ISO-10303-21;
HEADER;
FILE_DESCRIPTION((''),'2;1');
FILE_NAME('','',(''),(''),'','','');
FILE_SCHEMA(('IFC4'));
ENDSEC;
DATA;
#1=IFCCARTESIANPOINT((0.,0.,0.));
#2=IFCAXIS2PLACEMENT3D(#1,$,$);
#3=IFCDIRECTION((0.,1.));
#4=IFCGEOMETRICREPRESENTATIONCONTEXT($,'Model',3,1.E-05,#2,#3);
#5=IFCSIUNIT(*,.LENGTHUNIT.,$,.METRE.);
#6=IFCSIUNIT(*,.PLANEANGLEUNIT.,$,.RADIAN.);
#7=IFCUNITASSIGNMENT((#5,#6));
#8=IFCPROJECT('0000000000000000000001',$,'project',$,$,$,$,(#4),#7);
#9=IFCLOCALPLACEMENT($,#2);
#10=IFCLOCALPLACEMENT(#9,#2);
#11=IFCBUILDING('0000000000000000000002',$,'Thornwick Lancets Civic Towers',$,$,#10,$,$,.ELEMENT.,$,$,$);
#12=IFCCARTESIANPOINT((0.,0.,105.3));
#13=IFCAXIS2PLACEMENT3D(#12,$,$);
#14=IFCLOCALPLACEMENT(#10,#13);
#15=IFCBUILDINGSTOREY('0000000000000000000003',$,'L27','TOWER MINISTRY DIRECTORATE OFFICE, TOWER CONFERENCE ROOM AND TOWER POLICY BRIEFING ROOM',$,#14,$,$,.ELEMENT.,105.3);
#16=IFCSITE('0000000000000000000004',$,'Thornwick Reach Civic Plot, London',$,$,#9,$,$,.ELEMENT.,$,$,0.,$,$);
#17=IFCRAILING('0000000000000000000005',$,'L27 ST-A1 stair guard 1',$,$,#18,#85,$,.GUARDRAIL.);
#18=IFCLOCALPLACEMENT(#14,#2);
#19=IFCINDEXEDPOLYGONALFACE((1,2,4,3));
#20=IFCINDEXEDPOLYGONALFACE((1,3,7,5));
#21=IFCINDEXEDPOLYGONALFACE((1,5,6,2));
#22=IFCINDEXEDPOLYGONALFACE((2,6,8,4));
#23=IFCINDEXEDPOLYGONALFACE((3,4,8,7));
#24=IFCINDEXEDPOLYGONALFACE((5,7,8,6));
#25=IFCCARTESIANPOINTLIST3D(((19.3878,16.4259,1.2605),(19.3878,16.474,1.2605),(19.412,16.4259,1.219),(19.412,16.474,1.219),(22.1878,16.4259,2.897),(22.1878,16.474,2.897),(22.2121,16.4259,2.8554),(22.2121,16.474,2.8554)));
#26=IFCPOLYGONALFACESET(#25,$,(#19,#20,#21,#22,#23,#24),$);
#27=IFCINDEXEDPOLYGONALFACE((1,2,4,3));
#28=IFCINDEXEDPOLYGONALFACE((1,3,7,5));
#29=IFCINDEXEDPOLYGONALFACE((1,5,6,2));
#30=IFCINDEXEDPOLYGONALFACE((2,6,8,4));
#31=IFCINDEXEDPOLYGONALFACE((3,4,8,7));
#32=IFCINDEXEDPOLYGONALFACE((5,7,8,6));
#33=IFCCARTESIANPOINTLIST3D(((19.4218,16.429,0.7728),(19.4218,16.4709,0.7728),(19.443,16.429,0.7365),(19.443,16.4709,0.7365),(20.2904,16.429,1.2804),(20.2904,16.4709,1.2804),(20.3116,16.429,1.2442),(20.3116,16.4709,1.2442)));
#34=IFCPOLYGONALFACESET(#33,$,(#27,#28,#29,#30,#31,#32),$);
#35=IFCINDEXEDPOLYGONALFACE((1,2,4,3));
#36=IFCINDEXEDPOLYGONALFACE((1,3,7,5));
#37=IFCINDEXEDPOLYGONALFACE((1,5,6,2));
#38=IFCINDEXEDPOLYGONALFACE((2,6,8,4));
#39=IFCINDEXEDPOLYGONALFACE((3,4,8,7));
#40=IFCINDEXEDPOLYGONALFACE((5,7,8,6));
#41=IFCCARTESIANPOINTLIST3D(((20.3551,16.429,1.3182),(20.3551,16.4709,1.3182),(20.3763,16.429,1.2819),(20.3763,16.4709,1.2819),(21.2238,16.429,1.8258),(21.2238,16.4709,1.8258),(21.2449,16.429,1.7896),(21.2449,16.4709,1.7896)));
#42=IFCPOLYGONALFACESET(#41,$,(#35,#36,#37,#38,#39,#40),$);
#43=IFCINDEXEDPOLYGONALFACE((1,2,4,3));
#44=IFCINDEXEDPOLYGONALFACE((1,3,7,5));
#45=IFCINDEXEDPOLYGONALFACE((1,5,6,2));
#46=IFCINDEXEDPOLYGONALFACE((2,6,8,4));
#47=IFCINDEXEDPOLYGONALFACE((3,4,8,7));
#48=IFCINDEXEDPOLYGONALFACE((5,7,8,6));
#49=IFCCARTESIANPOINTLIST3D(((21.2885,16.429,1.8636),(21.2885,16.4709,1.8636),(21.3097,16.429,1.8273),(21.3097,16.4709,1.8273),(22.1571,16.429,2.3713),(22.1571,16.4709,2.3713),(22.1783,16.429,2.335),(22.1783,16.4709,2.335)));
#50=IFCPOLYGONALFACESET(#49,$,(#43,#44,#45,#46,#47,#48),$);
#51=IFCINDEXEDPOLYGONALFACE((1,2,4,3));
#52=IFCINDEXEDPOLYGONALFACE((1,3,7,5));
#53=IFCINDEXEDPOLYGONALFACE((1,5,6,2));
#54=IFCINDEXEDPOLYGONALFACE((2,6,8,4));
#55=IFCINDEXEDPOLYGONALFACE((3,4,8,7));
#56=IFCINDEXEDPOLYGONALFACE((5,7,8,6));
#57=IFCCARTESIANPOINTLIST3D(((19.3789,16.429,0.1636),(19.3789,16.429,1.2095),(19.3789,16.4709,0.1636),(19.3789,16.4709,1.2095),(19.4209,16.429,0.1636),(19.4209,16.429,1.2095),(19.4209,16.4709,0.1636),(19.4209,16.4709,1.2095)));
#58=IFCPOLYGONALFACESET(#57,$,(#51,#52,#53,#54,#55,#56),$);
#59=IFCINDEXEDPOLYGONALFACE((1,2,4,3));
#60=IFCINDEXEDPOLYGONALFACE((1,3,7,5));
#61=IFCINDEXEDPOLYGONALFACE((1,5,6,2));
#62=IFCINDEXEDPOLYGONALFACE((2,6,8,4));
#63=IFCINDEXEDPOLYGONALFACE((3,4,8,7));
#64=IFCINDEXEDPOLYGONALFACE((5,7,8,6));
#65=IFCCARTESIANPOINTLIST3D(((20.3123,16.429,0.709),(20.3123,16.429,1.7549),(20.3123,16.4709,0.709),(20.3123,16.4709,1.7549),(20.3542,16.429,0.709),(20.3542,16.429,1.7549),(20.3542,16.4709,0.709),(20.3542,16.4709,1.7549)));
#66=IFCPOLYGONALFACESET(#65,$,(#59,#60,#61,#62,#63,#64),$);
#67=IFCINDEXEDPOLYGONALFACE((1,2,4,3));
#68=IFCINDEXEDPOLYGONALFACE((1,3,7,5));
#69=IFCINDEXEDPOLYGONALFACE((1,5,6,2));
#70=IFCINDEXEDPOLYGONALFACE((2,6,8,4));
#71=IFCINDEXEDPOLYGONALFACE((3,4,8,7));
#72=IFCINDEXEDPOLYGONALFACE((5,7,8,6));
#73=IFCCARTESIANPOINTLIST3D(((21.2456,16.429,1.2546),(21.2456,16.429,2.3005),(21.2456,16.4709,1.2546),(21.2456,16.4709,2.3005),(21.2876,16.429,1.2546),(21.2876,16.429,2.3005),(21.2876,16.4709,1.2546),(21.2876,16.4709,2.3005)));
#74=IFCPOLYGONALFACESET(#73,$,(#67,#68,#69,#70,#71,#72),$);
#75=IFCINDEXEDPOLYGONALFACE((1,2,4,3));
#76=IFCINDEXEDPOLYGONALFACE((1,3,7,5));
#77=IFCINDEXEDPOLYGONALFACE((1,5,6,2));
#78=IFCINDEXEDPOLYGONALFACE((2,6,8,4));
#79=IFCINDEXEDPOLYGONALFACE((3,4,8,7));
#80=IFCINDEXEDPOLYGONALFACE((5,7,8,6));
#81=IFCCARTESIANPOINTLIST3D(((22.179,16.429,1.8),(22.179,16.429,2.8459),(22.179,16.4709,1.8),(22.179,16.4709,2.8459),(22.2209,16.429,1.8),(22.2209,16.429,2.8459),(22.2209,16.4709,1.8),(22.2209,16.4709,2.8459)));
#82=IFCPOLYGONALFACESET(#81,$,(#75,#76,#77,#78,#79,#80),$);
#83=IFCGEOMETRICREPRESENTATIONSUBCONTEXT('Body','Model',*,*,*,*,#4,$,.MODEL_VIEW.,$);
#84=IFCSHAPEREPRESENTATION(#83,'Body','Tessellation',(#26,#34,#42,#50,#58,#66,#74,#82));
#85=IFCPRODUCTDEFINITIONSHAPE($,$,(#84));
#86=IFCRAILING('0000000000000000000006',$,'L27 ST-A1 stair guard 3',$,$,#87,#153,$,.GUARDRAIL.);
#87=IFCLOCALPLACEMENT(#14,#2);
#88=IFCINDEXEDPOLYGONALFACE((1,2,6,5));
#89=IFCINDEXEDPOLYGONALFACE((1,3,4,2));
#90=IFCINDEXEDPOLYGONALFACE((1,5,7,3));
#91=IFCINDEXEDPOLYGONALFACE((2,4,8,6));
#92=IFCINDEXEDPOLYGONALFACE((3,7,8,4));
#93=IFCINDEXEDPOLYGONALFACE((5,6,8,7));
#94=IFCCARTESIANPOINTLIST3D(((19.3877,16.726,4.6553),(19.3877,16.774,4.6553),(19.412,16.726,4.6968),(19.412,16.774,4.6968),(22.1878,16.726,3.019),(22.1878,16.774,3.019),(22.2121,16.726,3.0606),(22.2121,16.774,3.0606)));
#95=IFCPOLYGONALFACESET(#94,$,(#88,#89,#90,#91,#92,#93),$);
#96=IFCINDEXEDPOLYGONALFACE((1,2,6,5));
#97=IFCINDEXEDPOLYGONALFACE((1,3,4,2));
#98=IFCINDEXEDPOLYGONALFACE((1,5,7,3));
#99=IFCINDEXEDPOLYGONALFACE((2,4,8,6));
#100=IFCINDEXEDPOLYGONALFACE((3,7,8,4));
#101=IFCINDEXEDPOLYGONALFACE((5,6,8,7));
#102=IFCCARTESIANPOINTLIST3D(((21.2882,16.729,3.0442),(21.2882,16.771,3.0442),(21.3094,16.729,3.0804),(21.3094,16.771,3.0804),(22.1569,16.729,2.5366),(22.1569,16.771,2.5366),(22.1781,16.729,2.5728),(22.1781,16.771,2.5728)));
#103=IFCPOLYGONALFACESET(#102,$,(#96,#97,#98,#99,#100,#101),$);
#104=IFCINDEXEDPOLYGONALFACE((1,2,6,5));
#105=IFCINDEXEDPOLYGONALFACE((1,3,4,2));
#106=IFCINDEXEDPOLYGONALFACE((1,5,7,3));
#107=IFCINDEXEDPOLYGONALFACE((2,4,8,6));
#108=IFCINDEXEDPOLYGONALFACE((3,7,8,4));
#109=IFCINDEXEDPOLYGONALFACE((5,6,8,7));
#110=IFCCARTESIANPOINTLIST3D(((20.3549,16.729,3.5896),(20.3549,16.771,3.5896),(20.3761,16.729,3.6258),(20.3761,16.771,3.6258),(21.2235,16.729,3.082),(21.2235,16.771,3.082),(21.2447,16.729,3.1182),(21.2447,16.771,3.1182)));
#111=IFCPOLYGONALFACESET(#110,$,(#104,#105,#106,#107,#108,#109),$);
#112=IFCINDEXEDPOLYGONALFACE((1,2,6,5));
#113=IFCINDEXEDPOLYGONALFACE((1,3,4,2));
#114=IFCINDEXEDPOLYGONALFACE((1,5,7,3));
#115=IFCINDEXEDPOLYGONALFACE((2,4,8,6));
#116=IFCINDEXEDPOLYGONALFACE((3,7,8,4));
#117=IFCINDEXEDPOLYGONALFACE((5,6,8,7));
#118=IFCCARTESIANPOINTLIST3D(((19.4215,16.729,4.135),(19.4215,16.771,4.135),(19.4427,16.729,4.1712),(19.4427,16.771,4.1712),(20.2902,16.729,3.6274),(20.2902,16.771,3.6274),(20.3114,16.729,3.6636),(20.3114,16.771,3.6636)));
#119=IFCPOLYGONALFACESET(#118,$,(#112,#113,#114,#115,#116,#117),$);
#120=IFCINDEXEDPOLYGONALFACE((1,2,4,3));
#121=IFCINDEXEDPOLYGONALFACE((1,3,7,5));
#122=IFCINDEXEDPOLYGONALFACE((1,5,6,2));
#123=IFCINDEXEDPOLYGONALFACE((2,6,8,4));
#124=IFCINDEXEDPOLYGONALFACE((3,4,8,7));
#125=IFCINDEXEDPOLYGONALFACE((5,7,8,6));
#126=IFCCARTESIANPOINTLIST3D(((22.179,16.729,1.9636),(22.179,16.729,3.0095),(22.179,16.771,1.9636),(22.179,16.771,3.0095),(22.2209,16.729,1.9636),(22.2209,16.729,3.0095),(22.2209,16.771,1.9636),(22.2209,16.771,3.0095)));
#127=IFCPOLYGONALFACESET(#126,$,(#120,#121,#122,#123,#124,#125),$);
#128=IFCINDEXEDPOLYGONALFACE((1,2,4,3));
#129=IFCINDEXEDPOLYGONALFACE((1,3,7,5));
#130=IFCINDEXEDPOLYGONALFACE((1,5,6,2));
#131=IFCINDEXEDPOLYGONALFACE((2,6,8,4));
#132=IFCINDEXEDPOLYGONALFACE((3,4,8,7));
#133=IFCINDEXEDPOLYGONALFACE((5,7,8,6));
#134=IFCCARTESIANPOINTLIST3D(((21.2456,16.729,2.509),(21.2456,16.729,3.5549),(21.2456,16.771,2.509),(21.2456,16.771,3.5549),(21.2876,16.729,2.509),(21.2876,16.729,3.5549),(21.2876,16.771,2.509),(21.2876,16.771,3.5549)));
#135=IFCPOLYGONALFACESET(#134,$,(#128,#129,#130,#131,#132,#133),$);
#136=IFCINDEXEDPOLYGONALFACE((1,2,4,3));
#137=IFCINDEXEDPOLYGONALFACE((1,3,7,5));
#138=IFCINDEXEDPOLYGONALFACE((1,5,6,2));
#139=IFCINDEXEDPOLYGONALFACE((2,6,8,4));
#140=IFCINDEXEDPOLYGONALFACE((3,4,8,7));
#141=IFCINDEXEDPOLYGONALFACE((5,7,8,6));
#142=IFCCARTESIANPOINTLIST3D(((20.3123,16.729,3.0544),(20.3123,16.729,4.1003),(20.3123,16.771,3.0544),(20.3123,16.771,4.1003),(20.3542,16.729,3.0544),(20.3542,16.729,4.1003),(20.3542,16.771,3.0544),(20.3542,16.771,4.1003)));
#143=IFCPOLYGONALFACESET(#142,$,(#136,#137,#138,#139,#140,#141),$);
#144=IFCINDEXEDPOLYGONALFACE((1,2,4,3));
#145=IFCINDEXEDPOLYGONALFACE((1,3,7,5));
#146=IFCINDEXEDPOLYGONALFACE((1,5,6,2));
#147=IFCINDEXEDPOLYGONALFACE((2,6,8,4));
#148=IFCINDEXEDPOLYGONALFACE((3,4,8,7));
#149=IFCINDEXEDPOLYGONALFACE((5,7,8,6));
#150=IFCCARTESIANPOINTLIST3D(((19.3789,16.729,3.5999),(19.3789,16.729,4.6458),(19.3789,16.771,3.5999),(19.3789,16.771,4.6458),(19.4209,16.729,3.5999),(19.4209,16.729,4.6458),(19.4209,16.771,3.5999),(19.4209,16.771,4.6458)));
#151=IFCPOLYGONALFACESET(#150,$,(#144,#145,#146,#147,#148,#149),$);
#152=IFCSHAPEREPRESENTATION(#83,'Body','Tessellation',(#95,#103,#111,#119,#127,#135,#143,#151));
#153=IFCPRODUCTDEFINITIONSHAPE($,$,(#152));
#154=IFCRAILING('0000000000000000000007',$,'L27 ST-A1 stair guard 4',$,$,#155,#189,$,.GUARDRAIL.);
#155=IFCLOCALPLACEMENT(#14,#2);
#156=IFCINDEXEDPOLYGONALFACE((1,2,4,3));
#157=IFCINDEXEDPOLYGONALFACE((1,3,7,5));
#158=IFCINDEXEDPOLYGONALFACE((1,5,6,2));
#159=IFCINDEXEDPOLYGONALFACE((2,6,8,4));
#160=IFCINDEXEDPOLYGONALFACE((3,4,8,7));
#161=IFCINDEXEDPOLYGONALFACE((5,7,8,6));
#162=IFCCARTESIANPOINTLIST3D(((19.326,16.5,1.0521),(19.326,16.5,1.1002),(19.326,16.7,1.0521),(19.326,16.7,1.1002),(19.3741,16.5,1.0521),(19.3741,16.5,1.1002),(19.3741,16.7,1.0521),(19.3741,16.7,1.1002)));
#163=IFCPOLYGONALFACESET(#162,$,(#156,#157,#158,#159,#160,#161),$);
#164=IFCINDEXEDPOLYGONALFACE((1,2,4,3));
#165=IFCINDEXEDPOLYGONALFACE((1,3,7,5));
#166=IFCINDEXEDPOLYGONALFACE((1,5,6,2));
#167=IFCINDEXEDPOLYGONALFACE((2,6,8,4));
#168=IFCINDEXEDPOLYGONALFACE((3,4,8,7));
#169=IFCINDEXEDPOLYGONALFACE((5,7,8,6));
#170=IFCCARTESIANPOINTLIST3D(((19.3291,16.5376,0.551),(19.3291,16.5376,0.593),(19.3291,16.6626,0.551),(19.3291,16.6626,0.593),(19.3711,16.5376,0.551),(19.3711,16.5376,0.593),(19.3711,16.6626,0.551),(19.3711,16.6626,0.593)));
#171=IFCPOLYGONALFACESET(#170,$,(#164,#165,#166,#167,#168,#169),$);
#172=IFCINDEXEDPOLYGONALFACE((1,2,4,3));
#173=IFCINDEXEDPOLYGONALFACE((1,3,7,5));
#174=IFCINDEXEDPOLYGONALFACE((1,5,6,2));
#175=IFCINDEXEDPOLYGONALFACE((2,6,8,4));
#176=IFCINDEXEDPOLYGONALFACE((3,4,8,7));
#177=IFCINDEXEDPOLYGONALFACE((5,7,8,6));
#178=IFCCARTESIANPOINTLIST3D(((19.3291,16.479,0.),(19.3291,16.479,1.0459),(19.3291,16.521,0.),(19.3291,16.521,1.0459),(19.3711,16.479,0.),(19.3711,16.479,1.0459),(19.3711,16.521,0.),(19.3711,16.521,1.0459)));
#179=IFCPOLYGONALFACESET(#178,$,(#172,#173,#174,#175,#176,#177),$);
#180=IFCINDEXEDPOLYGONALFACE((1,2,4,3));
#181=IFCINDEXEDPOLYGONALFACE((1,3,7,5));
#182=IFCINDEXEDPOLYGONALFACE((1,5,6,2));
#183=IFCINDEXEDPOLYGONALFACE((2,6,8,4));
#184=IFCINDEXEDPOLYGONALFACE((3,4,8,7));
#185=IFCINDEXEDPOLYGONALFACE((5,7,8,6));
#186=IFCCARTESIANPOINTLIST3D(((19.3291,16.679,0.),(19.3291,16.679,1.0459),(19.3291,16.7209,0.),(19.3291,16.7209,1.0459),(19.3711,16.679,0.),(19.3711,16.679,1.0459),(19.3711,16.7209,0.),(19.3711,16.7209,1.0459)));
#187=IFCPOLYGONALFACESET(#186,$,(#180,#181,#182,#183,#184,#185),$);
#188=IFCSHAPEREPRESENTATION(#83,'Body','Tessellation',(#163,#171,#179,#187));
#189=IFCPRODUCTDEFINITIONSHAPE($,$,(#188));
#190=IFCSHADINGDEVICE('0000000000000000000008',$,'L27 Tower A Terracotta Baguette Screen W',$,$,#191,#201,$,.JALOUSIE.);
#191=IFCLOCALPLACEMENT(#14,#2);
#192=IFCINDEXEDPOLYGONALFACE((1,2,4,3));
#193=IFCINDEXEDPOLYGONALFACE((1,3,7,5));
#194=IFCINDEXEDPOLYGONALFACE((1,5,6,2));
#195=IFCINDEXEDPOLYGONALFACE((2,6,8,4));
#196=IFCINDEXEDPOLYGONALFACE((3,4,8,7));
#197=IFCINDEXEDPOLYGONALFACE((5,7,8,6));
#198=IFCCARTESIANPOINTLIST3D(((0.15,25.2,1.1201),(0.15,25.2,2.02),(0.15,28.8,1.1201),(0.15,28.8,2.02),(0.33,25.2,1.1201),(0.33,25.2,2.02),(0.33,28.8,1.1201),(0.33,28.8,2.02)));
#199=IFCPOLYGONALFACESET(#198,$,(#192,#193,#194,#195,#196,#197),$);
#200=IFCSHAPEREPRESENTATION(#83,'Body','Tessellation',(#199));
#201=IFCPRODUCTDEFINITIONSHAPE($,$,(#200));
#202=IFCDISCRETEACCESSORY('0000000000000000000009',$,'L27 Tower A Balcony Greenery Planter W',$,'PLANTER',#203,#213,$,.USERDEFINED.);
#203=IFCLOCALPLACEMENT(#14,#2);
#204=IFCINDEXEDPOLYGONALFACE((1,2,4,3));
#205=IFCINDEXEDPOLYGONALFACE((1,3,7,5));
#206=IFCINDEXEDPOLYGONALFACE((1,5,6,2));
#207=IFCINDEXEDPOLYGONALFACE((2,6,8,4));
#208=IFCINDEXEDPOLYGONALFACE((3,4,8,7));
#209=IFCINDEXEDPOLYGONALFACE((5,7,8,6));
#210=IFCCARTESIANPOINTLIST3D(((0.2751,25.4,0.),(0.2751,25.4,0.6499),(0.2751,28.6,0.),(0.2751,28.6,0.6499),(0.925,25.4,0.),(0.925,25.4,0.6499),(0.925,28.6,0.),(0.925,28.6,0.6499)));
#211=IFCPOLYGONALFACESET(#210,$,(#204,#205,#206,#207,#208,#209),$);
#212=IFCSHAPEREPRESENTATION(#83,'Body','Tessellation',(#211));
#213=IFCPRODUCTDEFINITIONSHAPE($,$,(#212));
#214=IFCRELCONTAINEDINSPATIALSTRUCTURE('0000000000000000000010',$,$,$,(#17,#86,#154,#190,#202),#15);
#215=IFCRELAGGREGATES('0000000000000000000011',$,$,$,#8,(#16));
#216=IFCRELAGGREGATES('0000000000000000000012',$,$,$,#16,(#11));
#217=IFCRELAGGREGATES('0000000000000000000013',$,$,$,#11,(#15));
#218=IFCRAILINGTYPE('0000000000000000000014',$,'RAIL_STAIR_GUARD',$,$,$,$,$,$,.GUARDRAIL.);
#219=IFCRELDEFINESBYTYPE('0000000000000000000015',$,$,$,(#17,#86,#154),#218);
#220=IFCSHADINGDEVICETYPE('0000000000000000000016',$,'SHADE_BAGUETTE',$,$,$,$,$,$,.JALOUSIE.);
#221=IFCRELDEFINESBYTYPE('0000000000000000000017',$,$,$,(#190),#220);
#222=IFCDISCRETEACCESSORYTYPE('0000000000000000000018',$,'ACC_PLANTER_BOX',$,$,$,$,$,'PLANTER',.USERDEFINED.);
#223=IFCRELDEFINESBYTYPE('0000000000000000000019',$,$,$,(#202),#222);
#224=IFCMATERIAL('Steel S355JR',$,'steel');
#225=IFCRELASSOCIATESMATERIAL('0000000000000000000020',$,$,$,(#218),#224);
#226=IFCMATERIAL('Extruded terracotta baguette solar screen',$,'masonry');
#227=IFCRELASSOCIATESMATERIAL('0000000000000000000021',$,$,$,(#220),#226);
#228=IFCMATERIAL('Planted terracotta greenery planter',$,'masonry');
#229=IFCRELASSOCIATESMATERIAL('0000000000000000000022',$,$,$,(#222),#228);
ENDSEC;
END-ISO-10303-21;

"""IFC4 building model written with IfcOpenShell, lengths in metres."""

from ifc_helpers import new_model, si_unit, direction, frame, origin, origin_2d, place, context, subcontext, project, spatial, rectangle, extrude, material, type_object, element, save


model = new_model("IFC4")

# Units and contexts
model_context = context("Model", 3, precision=1e-05, world=origin(), true_north=direction((0.0, 1.0)))
body_context = subcontext(model_context, "Body", "Model", "MODEL_VIEW")
ifc_project = project(units=[si_unit("LENGTHUNIT", "METRE"), si_unit("PLANEANGLEUNIT", "RADIAN")], contexts=[model_context])

# Site, building, storey
site_placement = place(None, origin())
site = spatial("IfcSite", under=ifc_project, at=site_placement, Name="Thornwick Reach Civic Plot, London", CompositionType="ELEMENT", RefElevation=0.0)
building_placement = place(site_placement, origin())
building = spatial("IfcBuilding", under=site, at=building_placement, Name="Thornwick Lancets Civic Towers", CompositionType="ELEMENT")
storey_placement = place(building_placement, frame((0.0, 0.0, 105.3)))
storey = spatial("IfcBuildingStorey", under=building, at=storey_placement, Name="L27", Description="TOWER MINISTRY DIRECTORATE OFFICE, TOWER CONFERENCE ROOM AND TOWER POLICY BRIEFING ROOM", CompositionType="ELEMENT", Elevation=105.3)

# Shared definitions
ifc_material_1 = material(Name="Steel S355JR", Category="steel")

# Railings
railing_type_1 = type_object("IfcRailingType", Name="RAIL_STAIR_GUARD", PredefinedType="GUARDRAIL", material=ifc_material_1)
railing_1_placement = place(storey_placement, frame((19.3999, 16.45, 0.1636)))
element("IfcRailing", 1, at=railing_1_placement, inside=storey, type_object=railing_type_1, Name="L27 ST-A1 stair guard 1", PredefinedType="GUARDRAIL", context=body_context, shape_type="SweptSolid", body=[
    extrude(rectangle(XDim=0.0481, YDim=0.0481, at=origin_2d()), frame((0.0, 0.0, 1.0762), z_axis=(0.863361, 0.0, 0.504587), x_axis=(0.0, 1.0, 0.0)), (0.0, 0.0, 1.0), 3.2432),
    extrude(rectangle(XDim=0.042, YDim=0.042, at=origin_2d()), frame((0.0325, 0.0, 0.5911), z_axis=(0.863361, 0.0, 0.504587), x_axis=(0.0, 1.0, 0.0)), (0.0, 0.0, 1.0), 1.0061),
    extrude(rectangle(XDim=0.042, YDim=0.042, at=origin_2d()), frame((0.9658, 0.0, 1.1365), z_axis=(0.863361, 0.0, 0.504587), x_axis=(0.0, 1.0, 0.0)), (0.0, 0.0, 1.0), 1.0061),
    extrude(rectangle(XDim=0.042, YDim=0.042, at=origin_2d()), frame((1.8992, 0.0, 1.6819), z_axis=(0.863361, 0.0, 0.504587), x_axis=(0.0, 1.0, 0.0)), (0.0, 0.0, 1.0), 1.0061),
    extrude(rectangle(XDim=0.042, YDim=0.042, at=origin_2d()), origin(), (0.0, 0.0, 1.0), 1.0459),
    extrude(rectangle(XDim=0.042, YDim=0.042, at=origin_2d()), frame((0.9333, 0.0, 0.5454)), (0.0, 0.0, 1.0), 1.0459),
    extrude(rectangle(XDim=0.042, YDim=0.042, at=origin_2d()), frame((1.8667, 0.0, 1.0911)), (0.0, 0.0, 1.0), 1.0459),
    extrude(rectangle(XDim=0.042, YDim=0.042, at=origin_2d()), frame((2.8, 0.0, 1.6365)), (0.0, 0.0, 1.0), 1.0459),
])
railing_2_placement = place(storey_placement, frame((22.2, 16.75, 1.9636)))
element("IfcRailing", 2, at=railing_2_placement, inside=storey, type_object=railing_type_1, Name="L27 ST-A1 stair guard 3", PredefinedType="GUARDRAIL", context=body_context, shape_type="SweptSolid", body=[
    extrude(rectangle(XDim=0.0481, YDim=0.0481, at=origin_2d()), frame((0.0, 0.0, 1.0762), z_axis=(-0.863394, 0.0, 0.504531), x_axis=(0.0, -1.0, 0.0)), (0.0, 0.0, 1.0), 3.2432),
    extrude(rectangle(XDim=0.042, YDim=0.042, at=origin_2d()), frame((-0.0325, 0.0, 0.5911), z_axis=(-0.863394, 0.0, 0.504531), x_axis=(0.0, -1.0, 0.0)), (0.0, 0.0, 1.0), 1.0061),
    extrude(rectangle(XDim=0.042, YDim=0.042, at=origin_2d()), frame((-0.9658, 0.0, 1.1365), z_axis=(-0.863394, 0.0, 0.504531), x_axis=(0.0, -1.0, 0.0)), (0.0, 0.0, 1.0), 1.0061),
    extrude(rectangle(XDim=0.042, YDim=0.042, at=origin_2d()), frame((-1.8992, 0.0, 1.6819), z_axis=(-0.863394, 0.0, 0.504531), x_axis=(0.0, -1.0, 0.0)), (0.0, 0.0, 1.0), 1.0061),
    extrude(rectangle(XDim=0.042, YDim=0.042, at=origin_2d()), origin(), (0.0, 0.0, 1.0), 1.0459),
    extrude(rectangle(XDim=0.042, YDim=0.042, at=origin_2d()), frame((-0.9333, 0.0, 0.5454)), (0.0, 0.0, 1.0), 1.0459),
    extrude(rectangle(XDim=0.042, YDim=0.042, at=origin_2d()), frame((-1.8667, 0.0, 1.0908)), (0.0, 0.0, 1.0), 1.0459),
    extrude(rectangle(XDim=0.042, YDim=0.042, at=origin_2d()), frame((-2.8, 0.0, 1.6362)), (0.0, 0.0, 1.0), 1.0459),
])
railing_3_placement = place(storey_placement, frame((19.3501, 16.5, 0.0)))
element("IfcRailing", 3, at=railing_3_placement, inside=storey, type_object=railing_type_1, Name="L27 ST-A1 stair guard 4", PredefinedType="GUARDRAIL", context=body_context, shape_type="SweptSolid", body=[
    extrude(rectangle(XDim=0.0481, YDim=0.0481, at=origin_2d()), frame((0.0, 0.0, 1.0762), z_axis=(0.0, 1.0, 0.0), x_axis=(-1.0, 0.0, 0.0)), (0.0, 0.0, 1.0), 0.2),
    extrude(rectangle(XDim=0.042, YDim=0.042, at=origin_2d()), frame((0.0, 0.0376, 0.572), z_axis=(0.0, 1.0, 0.0), x_axis=(-1.0, 0.0, 0.0)), (0.0, 0.0, 1.0), 0.125),
    extrude(rectangle(XDim=0.042, YDim=0.042, at=origin_2d()), origin(), (0.0, 0.0, 1.0), 1.0459),
    extrude(rectangle(XDim=0.042, YDim=0.042, at=origin_2d()), frame((0.0, 0.2, 0.0)), (0.0, 0.0, 1.0), 1.0459),
])

# Shading device
ifc_material_2 = material(Name="Extruded terracotta baguette solar screen", Category="masonry")
shading_device_type = type_object("IfcShadingDeviceType", Name="SHADE_BAGUETTE", PredefinedType="JALOUSIE", material=ifc_material_2)
shading_device_placement = place(storey_placement, frame((0.24, 27.0, 1.1201), z_axis=(0.0, 0.0, 1.0), x_axis=(0.0, 1.0, 0.0)))
element("IfcShadingDevice", 4, at=shading_device_placement, inside=storey, type_object=shading_device_type, Name="L27 Tower A Terracotta Baguette Screen W", PredefinedType="JALOUSIE", context=body_context, shape_type="SweptSolid", body=[
    extrude(rectangle(XDim=3.6001, YDim=0.1799, at=origin_2d()), origin(), (0.0, 0.0, 1.0), 0.8999),
])

# Discrete accessory
ifc_material_3 = material(Name="Planted terracotta greenery planter", Category="masonry")
discrete_accessory_type_1 = type_object("IfcDiscreteAccessoryType", Name="ACC_PLANTER_BOX", ElementType="PLANTER", PredefinedType="USERDEFINED", material=ifc_material_3)
discrete_accessory_1_placement = place(storey_placement, frame((0.6001, 27.0, 0.0), z_axis=(0.0, 0.0, 1.0), x_axis=(1.0, 0.0, 0.0)))
element("IfcDiscreteAccessory", 5, at=discrete_accessory_1_placement, inside=storey, type_object=discrete_accessory_type_1, Name="L27 Tower A Balcony Greenery Planter W", ObjectType="PLANTER", PredefinedType="USERDEFINED", context=body_context, shape_type="SweptSolid", body=[
    extrude(rectangle(XDim=0.6499, YDim=3.2, at=origin_2d()), origin(), (0.0, 0.0, 1.0), 0.6499),
])

save(model, "model.ifc")
